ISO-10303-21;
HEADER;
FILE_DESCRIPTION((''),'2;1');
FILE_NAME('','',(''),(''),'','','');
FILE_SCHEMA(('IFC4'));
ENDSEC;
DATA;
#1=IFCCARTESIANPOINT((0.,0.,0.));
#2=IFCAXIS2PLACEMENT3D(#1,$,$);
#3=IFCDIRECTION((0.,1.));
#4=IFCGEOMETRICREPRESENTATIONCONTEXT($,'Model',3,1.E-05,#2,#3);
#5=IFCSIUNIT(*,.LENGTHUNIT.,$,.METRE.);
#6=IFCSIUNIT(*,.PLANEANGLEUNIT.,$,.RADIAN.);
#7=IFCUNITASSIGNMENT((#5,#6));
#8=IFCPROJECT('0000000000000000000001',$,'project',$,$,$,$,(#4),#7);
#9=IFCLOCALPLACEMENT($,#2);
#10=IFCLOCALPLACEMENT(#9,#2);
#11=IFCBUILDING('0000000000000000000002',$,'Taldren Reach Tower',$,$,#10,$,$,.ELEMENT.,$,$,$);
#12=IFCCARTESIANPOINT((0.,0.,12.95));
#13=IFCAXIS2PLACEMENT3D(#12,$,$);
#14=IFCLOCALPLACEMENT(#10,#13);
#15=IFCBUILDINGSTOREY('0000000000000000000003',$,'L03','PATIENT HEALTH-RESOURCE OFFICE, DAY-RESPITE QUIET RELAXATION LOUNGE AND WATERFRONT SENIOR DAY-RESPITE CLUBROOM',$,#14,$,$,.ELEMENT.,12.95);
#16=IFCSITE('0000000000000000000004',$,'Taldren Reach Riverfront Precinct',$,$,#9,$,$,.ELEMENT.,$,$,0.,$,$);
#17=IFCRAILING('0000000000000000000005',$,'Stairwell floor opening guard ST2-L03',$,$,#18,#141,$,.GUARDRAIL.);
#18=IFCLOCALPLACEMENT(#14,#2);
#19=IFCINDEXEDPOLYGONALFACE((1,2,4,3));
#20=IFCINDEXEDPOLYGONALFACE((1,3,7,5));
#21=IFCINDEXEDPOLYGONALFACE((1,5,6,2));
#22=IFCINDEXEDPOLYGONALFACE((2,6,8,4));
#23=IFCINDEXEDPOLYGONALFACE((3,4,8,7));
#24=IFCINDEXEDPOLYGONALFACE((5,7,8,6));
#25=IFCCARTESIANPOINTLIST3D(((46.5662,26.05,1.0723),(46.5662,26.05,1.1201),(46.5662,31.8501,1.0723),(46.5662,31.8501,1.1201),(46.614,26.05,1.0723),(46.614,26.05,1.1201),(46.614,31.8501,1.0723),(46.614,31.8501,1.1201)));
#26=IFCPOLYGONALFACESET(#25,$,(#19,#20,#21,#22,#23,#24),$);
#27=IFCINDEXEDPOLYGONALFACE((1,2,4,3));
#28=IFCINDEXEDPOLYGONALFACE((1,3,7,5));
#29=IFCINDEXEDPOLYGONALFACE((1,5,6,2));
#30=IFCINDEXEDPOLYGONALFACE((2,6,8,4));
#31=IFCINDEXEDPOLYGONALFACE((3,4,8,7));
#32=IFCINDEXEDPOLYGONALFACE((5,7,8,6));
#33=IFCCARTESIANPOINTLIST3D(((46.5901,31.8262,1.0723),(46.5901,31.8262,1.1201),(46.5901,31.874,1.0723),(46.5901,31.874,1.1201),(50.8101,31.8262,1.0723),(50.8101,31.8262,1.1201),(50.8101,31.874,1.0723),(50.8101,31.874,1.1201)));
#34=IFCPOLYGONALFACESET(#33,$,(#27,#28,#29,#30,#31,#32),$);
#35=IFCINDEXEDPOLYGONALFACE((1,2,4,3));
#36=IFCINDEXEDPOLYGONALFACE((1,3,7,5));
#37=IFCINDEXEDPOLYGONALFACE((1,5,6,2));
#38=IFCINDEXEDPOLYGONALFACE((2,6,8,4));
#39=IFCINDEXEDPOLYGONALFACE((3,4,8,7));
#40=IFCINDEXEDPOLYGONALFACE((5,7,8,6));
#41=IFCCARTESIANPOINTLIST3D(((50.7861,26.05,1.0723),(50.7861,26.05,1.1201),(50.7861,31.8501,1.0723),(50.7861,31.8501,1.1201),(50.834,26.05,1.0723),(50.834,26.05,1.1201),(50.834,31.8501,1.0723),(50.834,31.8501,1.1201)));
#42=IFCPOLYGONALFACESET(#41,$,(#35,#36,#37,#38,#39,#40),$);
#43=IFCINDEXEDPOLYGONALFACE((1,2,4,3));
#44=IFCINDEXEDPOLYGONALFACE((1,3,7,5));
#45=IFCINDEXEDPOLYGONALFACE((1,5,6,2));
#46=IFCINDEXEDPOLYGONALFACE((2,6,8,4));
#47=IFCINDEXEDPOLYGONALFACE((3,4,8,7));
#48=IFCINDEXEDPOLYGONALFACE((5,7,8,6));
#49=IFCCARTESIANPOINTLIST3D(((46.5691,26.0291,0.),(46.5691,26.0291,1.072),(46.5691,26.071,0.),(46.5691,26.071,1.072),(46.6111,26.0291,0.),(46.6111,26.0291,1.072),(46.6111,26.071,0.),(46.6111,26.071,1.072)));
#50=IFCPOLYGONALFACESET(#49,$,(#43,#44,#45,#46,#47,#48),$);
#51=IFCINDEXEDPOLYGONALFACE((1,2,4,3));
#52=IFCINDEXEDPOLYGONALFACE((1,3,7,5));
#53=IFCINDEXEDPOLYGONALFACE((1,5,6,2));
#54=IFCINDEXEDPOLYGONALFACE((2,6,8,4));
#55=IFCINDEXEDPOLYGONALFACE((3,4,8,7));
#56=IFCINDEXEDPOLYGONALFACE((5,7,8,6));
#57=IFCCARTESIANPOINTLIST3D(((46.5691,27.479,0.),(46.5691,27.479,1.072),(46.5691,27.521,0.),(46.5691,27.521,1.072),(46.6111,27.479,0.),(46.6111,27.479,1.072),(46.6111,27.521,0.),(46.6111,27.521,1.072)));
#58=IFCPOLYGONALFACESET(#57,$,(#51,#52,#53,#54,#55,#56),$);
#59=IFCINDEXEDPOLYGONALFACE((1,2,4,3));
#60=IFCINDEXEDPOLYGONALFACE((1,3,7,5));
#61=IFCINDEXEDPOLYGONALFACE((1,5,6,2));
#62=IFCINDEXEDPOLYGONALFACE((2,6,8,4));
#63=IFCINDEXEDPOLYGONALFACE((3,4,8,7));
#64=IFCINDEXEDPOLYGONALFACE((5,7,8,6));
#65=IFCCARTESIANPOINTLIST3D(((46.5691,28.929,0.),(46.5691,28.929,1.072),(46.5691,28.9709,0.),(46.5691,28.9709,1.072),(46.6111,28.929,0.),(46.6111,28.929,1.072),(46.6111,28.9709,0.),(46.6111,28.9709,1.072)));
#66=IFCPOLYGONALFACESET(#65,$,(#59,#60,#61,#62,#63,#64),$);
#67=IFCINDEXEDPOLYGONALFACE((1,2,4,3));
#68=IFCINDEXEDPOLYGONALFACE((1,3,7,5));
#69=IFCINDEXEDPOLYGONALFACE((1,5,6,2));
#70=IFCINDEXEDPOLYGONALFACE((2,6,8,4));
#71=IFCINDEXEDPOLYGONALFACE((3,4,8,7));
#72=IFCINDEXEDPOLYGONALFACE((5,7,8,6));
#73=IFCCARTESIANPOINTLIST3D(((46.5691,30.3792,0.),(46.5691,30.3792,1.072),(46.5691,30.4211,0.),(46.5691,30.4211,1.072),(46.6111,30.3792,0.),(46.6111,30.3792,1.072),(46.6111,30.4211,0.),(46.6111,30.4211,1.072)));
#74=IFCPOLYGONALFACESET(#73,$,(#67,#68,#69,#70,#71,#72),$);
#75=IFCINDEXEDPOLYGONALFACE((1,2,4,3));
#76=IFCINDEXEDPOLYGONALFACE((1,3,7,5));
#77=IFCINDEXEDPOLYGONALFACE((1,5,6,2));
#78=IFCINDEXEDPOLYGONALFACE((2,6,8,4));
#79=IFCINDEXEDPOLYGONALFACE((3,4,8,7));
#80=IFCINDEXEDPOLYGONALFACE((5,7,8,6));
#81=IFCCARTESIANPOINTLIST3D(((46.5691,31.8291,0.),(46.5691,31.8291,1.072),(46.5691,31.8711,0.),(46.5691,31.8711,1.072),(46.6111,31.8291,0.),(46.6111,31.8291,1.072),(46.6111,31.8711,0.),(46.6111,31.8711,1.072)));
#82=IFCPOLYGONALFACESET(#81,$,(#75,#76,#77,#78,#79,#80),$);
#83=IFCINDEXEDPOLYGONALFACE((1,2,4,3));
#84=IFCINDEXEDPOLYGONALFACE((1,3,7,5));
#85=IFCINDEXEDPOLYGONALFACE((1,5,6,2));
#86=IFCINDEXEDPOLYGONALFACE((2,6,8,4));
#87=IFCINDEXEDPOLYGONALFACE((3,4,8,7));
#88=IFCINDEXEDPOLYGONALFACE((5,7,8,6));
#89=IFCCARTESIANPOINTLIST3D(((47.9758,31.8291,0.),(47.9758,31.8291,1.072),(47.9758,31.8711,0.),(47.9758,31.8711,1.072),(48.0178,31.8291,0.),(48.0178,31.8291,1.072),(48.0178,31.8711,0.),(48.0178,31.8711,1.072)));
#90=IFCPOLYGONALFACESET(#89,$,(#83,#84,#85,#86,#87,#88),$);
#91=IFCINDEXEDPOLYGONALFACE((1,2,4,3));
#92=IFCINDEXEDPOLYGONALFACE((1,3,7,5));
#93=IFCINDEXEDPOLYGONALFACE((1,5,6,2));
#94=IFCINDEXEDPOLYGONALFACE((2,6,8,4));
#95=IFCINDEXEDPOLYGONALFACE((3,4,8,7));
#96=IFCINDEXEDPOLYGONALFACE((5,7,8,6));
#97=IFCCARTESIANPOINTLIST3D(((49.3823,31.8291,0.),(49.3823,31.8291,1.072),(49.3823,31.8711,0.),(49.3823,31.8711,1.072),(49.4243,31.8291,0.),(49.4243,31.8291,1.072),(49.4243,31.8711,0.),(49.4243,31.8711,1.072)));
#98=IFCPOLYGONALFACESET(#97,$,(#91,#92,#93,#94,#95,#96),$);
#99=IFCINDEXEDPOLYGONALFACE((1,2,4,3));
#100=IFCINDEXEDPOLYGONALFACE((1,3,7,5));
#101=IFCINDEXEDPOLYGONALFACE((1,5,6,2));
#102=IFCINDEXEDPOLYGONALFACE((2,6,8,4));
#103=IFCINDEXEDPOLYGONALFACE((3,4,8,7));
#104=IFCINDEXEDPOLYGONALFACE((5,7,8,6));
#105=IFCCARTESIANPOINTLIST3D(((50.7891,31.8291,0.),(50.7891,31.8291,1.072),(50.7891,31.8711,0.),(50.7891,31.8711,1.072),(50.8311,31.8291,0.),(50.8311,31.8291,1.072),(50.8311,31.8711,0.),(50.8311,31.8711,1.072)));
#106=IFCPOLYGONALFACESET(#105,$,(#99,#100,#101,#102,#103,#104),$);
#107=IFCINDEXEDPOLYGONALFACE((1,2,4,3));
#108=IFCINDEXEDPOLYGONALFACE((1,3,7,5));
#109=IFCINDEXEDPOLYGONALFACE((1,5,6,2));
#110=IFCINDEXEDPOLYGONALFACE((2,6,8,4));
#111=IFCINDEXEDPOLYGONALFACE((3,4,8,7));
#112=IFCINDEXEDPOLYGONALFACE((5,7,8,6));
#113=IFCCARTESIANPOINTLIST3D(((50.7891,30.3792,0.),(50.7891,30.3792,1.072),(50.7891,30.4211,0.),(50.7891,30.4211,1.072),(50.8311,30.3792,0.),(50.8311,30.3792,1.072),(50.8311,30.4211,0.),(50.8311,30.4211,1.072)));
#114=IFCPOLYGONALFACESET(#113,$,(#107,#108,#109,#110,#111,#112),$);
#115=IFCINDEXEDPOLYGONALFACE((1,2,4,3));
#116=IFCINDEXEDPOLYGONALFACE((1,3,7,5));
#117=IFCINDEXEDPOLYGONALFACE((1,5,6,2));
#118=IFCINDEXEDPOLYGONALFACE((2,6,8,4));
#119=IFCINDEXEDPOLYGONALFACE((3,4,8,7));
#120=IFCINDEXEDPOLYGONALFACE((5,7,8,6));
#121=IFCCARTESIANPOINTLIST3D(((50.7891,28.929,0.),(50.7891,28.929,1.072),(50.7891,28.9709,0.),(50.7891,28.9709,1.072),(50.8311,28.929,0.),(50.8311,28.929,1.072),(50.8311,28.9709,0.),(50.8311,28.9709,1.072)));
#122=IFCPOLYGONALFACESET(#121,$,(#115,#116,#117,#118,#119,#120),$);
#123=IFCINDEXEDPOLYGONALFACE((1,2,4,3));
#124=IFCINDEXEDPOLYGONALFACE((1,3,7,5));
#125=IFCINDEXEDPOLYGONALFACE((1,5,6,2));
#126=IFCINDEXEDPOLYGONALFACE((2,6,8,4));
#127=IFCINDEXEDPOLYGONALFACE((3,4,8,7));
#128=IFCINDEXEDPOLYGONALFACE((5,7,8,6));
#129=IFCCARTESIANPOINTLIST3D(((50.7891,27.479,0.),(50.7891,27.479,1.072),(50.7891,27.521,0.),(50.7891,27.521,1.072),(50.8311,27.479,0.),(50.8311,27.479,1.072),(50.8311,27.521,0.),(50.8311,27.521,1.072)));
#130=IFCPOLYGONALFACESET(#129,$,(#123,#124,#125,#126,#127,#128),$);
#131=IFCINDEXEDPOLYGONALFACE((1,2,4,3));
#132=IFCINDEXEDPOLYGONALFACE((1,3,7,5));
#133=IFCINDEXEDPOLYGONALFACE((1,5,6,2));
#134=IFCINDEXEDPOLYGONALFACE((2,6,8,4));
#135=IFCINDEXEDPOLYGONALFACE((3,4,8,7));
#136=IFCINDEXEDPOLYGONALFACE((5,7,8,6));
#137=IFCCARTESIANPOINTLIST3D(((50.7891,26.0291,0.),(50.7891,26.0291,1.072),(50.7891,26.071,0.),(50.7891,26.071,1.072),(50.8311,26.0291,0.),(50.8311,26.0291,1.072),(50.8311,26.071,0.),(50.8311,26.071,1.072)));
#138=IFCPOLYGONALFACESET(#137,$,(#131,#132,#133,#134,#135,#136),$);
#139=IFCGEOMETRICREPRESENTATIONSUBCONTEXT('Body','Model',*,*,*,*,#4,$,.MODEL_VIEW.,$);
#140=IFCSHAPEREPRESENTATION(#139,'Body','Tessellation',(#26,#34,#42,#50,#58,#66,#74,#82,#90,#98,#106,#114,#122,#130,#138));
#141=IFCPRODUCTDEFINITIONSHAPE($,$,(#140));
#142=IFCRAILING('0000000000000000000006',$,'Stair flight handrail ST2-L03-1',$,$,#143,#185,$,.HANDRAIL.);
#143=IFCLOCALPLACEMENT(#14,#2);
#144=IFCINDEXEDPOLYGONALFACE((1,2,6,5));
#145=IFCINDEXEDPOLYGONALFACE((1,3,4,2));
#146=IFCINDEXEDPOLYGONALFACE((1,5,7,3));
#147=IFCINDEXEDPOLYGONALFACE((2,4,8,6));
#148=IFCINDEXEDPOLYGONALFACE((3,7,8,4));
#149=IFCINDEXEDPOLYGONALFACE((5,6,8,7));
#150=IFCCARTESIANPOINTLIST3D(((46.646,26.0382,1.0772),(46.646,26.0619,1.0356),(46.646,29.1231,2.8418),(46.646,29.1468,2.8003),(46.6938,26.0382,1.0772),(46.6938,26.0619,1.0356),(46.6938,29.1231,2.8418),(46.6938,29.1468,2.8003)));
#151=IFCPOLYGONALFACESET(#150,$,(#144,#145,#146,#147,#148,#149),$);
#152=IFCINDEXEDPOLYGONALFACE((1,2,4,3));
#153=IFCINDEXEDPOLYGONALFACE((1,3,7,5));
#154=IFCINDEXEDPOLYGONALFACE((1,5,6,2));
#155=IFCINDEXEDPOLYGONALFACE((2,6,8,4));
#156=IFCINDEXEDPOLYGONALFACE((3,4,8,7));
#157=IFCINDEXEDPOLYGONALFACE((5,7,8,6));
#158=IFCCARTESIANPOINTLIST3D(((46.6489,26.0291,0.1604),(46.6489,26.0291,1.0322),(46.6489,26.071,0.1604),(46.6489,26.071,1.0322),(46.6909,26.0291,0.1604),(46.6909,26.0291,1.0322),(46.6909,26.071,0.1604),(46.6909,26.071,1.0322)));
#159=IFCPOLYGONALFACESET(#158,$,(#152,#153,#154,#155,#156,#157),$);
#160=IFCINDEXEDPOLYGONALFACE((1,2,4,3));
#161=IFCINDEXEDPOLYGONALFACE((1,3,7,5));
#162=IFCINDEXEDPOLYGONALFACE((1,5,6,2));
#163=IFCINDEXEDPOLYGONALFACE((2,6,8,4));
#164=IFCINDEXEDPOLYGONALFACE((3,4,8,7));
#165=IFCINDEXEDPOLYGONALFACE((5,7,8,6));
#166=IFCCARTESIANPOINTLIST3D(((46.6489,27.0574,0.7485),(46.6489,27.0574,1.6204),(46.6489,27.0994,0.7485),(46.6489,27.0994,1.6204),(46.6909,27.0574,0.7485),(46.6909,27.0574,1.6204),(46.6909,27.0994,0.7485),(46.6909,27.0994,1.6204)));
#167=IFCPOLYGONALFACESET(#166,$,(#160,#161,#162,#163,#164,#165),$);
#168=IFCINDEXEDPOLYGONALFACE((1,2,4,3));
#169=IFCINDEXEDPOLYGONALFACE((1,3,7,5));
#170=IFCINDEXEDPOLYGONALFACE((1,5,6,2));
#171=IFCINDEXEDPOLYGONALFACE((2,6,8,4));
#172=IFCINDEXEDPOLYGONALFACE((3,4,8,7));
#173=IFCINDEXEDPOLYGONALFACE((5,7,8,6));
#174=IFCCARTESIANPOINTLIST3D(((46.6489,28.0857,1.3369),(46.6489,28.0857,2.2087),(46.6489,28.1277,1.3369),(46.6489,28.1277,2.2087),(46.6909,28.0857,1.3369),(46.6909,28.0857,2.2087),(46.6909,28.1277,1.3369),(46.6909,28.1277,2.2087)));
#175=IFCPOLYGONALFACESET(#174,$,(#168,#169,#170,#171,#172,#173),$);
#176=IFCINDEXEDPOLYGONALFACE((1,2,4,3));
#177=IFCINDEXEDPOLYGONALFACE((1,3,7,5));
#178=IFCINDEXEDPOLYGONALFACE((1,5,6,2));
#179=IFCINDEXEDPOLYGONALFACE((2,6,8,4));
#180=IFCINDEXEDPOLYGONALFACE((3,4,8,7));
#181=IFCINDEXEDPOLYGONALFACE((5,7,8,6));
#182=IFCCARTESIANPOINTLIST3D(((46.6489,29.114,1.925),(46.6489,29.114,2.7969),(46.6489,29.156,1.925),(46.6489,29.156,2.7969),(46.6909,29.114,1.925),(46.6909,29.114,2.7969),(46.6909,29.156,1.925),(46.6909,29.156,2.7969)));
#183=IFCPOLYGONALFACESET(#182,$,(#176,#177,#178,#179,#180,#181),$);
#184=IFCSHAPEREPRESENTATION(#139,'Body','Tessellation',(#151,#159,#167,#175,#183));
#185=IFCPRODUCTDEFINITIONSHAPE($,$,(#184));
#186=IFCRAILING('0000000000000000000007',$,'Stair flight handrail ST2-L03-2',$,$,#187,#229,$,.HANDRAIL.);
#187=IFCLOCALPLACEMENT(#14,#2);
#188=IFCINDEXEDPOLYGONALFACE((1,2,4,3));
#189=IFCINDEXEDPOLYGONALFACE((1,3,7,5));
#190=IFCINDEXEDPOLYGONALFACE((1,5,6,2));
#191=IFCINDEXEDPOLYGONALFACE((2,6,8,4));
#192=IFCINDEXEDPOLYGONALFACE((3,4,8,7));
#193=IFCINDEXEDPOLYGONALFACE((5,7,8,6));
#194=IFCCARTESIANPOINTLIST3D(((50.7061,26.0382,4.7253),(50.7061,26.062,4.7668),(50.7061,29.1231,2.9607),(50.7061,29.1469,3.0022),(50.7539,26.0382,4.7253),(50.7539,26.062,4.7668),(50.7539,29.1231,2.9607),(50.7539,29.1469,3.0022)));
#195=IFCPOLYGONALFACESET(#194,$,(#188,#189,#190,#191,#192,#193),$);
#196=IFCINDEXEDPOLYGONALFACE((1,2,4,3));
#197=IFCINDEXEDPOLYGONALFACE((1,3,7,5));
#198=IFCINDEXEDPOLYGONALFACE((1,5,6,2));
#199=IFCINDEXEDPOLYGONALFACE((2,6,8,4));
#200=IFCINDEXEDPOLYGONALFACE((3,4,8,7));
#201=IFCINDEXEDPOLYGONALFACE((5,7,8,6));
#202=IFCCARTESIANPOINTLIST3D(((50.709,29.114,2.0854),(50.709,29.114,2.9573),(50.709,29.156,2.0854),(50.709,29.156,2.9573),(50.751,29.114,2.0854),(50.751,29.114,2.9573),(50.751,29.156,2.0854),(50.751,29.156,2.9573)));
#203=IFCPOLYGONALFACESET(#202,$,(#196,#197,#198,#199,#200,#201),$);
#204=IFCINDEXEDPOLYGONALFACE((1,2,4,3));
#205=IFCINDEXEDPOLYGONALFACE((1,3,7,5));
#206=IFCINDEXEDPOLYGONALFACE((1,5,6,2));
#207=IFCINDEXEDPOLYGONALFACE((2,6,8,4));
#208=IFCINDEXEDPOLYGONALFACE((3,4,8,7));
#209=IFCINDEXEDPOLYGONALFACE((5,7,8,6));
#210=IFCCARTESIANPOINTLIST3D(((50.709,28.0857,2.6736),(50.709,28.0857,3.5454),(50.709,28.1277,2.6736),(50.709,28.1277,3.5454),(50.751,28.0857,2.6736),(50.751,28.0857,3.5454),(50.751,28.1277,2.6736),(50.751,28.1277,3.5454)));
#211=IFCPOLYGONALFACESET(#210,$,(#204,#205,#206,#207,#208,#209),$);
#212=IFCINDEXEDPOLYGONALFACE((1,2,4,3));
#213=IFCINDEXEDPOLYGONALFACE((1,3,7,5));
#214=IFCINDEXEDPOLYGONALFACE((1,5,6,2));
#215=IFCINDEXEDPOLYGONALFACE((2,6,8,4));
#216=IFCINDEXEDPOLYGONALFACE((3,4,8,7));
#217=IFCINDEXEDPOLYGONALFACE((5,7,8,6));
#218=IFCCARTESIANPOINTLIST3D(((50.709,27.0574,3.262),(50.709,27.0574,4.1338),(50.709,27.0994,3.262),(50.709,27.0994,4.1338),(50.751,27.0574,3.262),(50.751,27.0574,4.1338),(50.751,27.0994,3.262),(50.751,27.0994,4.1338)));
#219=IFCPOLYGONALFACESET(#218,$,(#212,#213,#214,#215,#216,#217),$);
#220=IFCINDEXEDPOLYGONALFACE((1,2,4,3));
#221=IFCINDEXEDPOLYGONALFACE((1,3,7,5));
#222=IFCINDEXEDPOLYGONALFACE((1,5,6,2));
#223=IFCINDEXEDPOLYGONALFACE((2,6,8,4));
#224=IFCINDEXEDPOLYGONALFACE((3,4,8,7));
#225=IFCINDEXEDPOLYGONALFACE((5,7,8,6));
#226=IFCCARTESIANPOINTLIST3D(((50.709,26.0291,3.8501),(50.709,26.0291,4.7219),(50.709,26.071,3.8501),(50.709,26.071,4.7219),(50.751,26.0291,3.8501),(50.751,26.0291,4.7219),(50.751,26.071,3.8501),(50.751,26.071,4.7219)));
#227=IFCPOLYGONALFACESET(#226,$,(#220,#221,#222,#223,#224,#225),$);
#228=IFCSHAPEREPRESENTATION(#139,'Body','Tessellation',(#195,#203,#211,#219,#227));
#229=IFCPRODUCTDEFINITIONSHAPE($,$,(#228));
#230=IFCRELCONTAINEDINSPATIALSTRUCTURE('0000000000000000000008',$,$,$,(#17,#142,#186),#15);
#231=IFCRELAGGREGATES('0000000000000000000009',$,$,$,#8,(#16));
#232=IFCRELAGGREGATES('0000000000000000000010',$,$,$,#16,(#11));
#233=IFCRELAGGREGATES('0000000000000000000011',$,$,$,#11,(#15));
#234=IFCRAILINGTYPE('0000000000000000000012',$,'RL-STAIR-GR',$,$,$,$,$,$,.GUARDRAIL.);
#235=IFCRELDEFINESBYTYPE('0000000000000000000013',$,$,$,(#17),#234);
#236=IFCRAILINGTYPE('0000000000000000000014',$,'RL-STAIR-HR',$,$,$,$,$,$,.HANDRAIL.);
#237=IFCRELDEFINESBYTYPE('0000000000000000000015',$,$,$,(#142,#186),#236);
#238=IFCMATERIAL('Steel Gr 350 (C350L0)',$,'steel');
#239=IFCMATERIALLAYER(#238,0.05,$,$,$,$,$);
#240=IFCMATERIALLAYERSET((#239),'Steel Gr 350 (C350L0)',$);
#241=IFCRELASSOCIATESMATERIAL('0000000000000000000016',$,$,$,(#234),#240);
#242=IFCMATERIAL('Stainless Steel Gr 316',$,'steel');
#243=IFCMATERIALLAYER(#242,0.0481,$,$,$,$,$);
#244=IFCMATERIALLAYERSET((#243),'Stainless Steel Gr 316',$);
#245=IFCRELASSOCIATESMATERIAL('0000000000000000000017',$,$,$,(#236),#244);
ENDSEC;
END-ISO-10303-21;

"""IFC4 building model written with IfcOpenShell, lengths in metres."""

from ifc_helpers import new_model, si_unit, direction, frame, origin, origin_2d, place, context, subcontext, project, spatial, rectangle, extrude, material, layer, layer_set, type_object, element, save


model = new_model("IFC4")

# Units and contexts
model_context = context("Model", 3, precision=1e-05, world=origin(), true_north=direction((0.0, 1.0)))
body_context = subcontext(model_context, "Body", "Model", "MODEL_VIEW")
ifc_project = project(units=[si_unit("LENGTHUNIT", "METRE"), si_unit("PLANEANGLEUNIT", "RADIAN")], contexts=[model_context])

# Site, building, storey
site_placement = place(None, origin())
site = spatial("IfcSite", under=ifc_project, at=site_placement, Name="Taldren Reach Riverfront Precinct", CompositionType="ELEMENT", RefElevation=0.0)
building_placement = place(site_placement, origin())
building = spatial("IfcBuilding", under=site, at=building_placement, Name="Taldren Reach Tower", CompositionType="ELEMENT")
storey_placement = place(building_placement, frame((0.0, 0.0, 12.95)))
storey = spatial("IfcBuildingStorey", under=building, at=storey_placement, Name="L03", Description="PATIENT HEALTH-RESOURCE OFFICE, DAY-RESPITE QUIET RELAXATION LOUNGE AND WATERFRONT SENIOR DAY-RESPITE CLUBROOM", CompositionType="ELEMENT", Elevation=12.95)

# Shared definitions
ifc_material_1 = material(Name="Steel Gr 350 (C350L0)", Category="steel")

# Railings
ifc_layer_1 = layer(ifc_material_1, 0.05)
ifc_layer_set_1 = layer_set([ifc_layer_1], Name="Steel Gr 350 (C350L0)")
railing_type_1 = type_object("IfcRailingType", Name="RL-STAIR-GR", PredefinedType="GUARDRAIL", material=ifc_layer_set_1)
railing_1_placement = place(storey_placement, frame((46.5901, 26.05, 0.0)))
element("IfcRailing", 1, at=railing_1_placement, inside=storey, type_object=railing_type_1, Name="Stairwell floor opening guard ST2-L03", PredefinedType="GUARDRAIL", context=body_context, shape_type="SweptSolid", body=[
    extrude(rectangle(XDim=0.0479, YDim=0.0479, at=origin_2d()), frame((0.0, 0.0, 1.0962), z_axis=(0.0, 1.0, 0.0), x_axis=(-1.0, 0.0, 0.0)), (0.0, 0.0, 1.0), 5.8),
    extrude(rectangle(XDim=0.0479, YDim=0.0479, at=origin_2d()), frame((0.0, 5.8, 1.0962), z_axis=(1.0, 0.0, 0.0), x_axis=(0.0, 1.0, 0.0)), (0.0, 0.0, 1.0), 4.22),
    extrude(rectangle(XDim=0.0479, YDim=0.0479, at=origin_2d()), frame((4.22, 5.8, 1.0962), z_axis=(0.0, -1.0, 0.0), x_axis=(1.0, 0.0, 0.0)), (0.0, 0.0, 1.0), 5.8),
    extrude(rectangle(XDim=0.042, YDim=0.042, at=origin_2d()), origin(), (0.0, 0.0, 1.0), 1.072),
    extrude(rectangle(XDim=0.042, YDim=0.042, at=origin_2d()), frame((0.0, 1.45, 0.0)), (0.0, 0.0, 1.0), 1.072),
    extrude(rectangle(XDim=0.042, YDim=0.042, at=origin_2d()), frame((0.0, 2.8999, 0.0)), (0.0, 0.0, 1.0), 1.072),
    extrude(rectangle(XDim=0.042, YDim=0.042, at=origin_2d()), frame((0.0, 4.3501, 0.0)), (0.0, 0.0, 1.0), 1.072),
    extrude(rectangle(XDim=0.042, YDim=0.042, at=origin_2d()), frame((0.0, 5.8, 0.0)), (0.0, 0.0, 1.0), 1.072),
    extrude(rectangle(XDim=0.042, YDim=0.042, at=origin_2d()), frame((1.4067, 5.8, 0.0)), (0.0, 0.0, 1.0), 1.072),
    extrude(rectangle(XDim=0.042, YDim=0.042, at=origin_2d()), frame((2.8132, 5.8, 0.0)), (0.0, 0.0, 1.0), 1.072),
    extrude(rectangle(XDim=0.042, YDim=0.042, at=origin_2d()), frame((4.22, 5.8, 0.0)), (0.0, 0.0, 1.0), 1.072),
    extrude(rectangle(XDim=0.042, YDim=0.042, at=origin_2d()), frame((4.22, 4.3501, 0.0)), (0.0, 0.0, 1.0), 1.072),
    extrude(rectangle(XDim=0.042, YDim=0.042, at=origin_2d()), frame((4.22, 2.8999, 0.0)), (0.0, 0.0, 1.0), 1.072),
    extrude(rectangle(XDim=0.042, YDim=0.042, at=origin_2d()), frame((4.22, 1.45, 0.0)), (0.0, 0.0, 1.0), 1.072),
    extrude(rectangle(XDim=0.042, YDim=0.042, at=origin_2d()), frame((4.22, 0.0, 0.0)), (0.0, 0.0, 1.0), 1.072),
])
ifc_material_2 = material(Name="Stainless Steel Gr 316", Category="steel")
ifc_layer_2 = layer(ifc_material_2, 0.0481)
ifc_layer_set_2 = layer_set([ifc_layer_2], Name="Stainless Steel Gr 316")
railing_type_2 = type_object("IfcRailingType", Name="RL-STAIR-HR", PredefinedType="HANDRAIL", material=ifc_layer_set_2)
railing_2_placement = place(storey_placement, frame((46.6699, 26.05, 0.1604)))
element("IfcRailing", 2, at=railing_2_placement, inside=storey, type_object=railing_type_2, Name="Stair flight handrail ST2-L03-1", PredefinedType="HANDRAIL", context=body_context, shape_type="SweptSolid", body=[
    extrude(rectangle(XDim=0.0479, YDim=0.0479, at=origin_2d()), frame((0.0, 0.0, 0.896), z_axis=(0.0, 0.868023, 0.496524), x_axis=(-1.0, 0.0, 0.0)), (0.0, 0.0, 1.0), 3.554),
    extrude(rectangle(XDim=0.042, YDim=0.042, at=origin_2d()), origin(), (0.0, 0.0, 1.0), 0.8718),
    extrude(rectangle(XDim=0.042, YDim=0.042, at=origin_2d()), frame((0.0, 1.0283, 0.5881)), (0.0, 0.0, 1.0), 0.8718),
    extrude(rectangle(XDim=0.042, YDim=0.042, at=origin_2d()), frame((0.0, 2.0566, 1.1765)), (0.0, 0.0, 1.0), 0.8718),
    extrude(rectangle(XDim=0.042, YDim=0.042, at=origin_2d()), frame((0.0, 3.085, 1.7646)), (0.0, 0.0, 1.0), 0.8718),
])
railing_3_placement = place(storey_placement, frame((50.73, 29.135, 2.0854)))
element("IfcRailing", 3, at=railing_3_placement, inside=storey, type_object=railing_type_2, Name="Stair flight handrail ST2-L03-2", PredefinedType="HANDRAIL", context=body_context, shape_type="SweptSolid", body=[
    extrude(rectangle(XDim=0.0479, YDim=0.0479, at=origin_2d()), frame((0.0, 0.0, 0.896), z_axis=(0.0, -0.868023, 0.496524), x_axis=(1.0, 0.0, 0.0)), (0.0, 0.0, 1.0), 3.554),
    extrude(rectangle(XDim=0.042, YDim=0.042, at=origin_2d()), origin(), (0.0, 0.0, 1.0), 0.8718),
    extrude(rectangle(XDim=0.042, YDim=0.042, at=origin_2d()), frame((0.0, -1.0283, 0.5881)), (0.0, 0.0, 1.0), 0.8718),
    extrude(rectangle(XDim=0.042, YDim=0.042, at=origin_2d()), frame((0.0, -2.0566, 1.1765)), (0.0, 0.0, 1.0), 0.8718),
    extrude(rectangle(XDim=0.042, YDim=0.042, at=origin_2d()), frame((0.0, -3.085, 1.7646)), (0.0, 0.0, 1.0), 0.8718),
])

save(model, "model.ifc")
